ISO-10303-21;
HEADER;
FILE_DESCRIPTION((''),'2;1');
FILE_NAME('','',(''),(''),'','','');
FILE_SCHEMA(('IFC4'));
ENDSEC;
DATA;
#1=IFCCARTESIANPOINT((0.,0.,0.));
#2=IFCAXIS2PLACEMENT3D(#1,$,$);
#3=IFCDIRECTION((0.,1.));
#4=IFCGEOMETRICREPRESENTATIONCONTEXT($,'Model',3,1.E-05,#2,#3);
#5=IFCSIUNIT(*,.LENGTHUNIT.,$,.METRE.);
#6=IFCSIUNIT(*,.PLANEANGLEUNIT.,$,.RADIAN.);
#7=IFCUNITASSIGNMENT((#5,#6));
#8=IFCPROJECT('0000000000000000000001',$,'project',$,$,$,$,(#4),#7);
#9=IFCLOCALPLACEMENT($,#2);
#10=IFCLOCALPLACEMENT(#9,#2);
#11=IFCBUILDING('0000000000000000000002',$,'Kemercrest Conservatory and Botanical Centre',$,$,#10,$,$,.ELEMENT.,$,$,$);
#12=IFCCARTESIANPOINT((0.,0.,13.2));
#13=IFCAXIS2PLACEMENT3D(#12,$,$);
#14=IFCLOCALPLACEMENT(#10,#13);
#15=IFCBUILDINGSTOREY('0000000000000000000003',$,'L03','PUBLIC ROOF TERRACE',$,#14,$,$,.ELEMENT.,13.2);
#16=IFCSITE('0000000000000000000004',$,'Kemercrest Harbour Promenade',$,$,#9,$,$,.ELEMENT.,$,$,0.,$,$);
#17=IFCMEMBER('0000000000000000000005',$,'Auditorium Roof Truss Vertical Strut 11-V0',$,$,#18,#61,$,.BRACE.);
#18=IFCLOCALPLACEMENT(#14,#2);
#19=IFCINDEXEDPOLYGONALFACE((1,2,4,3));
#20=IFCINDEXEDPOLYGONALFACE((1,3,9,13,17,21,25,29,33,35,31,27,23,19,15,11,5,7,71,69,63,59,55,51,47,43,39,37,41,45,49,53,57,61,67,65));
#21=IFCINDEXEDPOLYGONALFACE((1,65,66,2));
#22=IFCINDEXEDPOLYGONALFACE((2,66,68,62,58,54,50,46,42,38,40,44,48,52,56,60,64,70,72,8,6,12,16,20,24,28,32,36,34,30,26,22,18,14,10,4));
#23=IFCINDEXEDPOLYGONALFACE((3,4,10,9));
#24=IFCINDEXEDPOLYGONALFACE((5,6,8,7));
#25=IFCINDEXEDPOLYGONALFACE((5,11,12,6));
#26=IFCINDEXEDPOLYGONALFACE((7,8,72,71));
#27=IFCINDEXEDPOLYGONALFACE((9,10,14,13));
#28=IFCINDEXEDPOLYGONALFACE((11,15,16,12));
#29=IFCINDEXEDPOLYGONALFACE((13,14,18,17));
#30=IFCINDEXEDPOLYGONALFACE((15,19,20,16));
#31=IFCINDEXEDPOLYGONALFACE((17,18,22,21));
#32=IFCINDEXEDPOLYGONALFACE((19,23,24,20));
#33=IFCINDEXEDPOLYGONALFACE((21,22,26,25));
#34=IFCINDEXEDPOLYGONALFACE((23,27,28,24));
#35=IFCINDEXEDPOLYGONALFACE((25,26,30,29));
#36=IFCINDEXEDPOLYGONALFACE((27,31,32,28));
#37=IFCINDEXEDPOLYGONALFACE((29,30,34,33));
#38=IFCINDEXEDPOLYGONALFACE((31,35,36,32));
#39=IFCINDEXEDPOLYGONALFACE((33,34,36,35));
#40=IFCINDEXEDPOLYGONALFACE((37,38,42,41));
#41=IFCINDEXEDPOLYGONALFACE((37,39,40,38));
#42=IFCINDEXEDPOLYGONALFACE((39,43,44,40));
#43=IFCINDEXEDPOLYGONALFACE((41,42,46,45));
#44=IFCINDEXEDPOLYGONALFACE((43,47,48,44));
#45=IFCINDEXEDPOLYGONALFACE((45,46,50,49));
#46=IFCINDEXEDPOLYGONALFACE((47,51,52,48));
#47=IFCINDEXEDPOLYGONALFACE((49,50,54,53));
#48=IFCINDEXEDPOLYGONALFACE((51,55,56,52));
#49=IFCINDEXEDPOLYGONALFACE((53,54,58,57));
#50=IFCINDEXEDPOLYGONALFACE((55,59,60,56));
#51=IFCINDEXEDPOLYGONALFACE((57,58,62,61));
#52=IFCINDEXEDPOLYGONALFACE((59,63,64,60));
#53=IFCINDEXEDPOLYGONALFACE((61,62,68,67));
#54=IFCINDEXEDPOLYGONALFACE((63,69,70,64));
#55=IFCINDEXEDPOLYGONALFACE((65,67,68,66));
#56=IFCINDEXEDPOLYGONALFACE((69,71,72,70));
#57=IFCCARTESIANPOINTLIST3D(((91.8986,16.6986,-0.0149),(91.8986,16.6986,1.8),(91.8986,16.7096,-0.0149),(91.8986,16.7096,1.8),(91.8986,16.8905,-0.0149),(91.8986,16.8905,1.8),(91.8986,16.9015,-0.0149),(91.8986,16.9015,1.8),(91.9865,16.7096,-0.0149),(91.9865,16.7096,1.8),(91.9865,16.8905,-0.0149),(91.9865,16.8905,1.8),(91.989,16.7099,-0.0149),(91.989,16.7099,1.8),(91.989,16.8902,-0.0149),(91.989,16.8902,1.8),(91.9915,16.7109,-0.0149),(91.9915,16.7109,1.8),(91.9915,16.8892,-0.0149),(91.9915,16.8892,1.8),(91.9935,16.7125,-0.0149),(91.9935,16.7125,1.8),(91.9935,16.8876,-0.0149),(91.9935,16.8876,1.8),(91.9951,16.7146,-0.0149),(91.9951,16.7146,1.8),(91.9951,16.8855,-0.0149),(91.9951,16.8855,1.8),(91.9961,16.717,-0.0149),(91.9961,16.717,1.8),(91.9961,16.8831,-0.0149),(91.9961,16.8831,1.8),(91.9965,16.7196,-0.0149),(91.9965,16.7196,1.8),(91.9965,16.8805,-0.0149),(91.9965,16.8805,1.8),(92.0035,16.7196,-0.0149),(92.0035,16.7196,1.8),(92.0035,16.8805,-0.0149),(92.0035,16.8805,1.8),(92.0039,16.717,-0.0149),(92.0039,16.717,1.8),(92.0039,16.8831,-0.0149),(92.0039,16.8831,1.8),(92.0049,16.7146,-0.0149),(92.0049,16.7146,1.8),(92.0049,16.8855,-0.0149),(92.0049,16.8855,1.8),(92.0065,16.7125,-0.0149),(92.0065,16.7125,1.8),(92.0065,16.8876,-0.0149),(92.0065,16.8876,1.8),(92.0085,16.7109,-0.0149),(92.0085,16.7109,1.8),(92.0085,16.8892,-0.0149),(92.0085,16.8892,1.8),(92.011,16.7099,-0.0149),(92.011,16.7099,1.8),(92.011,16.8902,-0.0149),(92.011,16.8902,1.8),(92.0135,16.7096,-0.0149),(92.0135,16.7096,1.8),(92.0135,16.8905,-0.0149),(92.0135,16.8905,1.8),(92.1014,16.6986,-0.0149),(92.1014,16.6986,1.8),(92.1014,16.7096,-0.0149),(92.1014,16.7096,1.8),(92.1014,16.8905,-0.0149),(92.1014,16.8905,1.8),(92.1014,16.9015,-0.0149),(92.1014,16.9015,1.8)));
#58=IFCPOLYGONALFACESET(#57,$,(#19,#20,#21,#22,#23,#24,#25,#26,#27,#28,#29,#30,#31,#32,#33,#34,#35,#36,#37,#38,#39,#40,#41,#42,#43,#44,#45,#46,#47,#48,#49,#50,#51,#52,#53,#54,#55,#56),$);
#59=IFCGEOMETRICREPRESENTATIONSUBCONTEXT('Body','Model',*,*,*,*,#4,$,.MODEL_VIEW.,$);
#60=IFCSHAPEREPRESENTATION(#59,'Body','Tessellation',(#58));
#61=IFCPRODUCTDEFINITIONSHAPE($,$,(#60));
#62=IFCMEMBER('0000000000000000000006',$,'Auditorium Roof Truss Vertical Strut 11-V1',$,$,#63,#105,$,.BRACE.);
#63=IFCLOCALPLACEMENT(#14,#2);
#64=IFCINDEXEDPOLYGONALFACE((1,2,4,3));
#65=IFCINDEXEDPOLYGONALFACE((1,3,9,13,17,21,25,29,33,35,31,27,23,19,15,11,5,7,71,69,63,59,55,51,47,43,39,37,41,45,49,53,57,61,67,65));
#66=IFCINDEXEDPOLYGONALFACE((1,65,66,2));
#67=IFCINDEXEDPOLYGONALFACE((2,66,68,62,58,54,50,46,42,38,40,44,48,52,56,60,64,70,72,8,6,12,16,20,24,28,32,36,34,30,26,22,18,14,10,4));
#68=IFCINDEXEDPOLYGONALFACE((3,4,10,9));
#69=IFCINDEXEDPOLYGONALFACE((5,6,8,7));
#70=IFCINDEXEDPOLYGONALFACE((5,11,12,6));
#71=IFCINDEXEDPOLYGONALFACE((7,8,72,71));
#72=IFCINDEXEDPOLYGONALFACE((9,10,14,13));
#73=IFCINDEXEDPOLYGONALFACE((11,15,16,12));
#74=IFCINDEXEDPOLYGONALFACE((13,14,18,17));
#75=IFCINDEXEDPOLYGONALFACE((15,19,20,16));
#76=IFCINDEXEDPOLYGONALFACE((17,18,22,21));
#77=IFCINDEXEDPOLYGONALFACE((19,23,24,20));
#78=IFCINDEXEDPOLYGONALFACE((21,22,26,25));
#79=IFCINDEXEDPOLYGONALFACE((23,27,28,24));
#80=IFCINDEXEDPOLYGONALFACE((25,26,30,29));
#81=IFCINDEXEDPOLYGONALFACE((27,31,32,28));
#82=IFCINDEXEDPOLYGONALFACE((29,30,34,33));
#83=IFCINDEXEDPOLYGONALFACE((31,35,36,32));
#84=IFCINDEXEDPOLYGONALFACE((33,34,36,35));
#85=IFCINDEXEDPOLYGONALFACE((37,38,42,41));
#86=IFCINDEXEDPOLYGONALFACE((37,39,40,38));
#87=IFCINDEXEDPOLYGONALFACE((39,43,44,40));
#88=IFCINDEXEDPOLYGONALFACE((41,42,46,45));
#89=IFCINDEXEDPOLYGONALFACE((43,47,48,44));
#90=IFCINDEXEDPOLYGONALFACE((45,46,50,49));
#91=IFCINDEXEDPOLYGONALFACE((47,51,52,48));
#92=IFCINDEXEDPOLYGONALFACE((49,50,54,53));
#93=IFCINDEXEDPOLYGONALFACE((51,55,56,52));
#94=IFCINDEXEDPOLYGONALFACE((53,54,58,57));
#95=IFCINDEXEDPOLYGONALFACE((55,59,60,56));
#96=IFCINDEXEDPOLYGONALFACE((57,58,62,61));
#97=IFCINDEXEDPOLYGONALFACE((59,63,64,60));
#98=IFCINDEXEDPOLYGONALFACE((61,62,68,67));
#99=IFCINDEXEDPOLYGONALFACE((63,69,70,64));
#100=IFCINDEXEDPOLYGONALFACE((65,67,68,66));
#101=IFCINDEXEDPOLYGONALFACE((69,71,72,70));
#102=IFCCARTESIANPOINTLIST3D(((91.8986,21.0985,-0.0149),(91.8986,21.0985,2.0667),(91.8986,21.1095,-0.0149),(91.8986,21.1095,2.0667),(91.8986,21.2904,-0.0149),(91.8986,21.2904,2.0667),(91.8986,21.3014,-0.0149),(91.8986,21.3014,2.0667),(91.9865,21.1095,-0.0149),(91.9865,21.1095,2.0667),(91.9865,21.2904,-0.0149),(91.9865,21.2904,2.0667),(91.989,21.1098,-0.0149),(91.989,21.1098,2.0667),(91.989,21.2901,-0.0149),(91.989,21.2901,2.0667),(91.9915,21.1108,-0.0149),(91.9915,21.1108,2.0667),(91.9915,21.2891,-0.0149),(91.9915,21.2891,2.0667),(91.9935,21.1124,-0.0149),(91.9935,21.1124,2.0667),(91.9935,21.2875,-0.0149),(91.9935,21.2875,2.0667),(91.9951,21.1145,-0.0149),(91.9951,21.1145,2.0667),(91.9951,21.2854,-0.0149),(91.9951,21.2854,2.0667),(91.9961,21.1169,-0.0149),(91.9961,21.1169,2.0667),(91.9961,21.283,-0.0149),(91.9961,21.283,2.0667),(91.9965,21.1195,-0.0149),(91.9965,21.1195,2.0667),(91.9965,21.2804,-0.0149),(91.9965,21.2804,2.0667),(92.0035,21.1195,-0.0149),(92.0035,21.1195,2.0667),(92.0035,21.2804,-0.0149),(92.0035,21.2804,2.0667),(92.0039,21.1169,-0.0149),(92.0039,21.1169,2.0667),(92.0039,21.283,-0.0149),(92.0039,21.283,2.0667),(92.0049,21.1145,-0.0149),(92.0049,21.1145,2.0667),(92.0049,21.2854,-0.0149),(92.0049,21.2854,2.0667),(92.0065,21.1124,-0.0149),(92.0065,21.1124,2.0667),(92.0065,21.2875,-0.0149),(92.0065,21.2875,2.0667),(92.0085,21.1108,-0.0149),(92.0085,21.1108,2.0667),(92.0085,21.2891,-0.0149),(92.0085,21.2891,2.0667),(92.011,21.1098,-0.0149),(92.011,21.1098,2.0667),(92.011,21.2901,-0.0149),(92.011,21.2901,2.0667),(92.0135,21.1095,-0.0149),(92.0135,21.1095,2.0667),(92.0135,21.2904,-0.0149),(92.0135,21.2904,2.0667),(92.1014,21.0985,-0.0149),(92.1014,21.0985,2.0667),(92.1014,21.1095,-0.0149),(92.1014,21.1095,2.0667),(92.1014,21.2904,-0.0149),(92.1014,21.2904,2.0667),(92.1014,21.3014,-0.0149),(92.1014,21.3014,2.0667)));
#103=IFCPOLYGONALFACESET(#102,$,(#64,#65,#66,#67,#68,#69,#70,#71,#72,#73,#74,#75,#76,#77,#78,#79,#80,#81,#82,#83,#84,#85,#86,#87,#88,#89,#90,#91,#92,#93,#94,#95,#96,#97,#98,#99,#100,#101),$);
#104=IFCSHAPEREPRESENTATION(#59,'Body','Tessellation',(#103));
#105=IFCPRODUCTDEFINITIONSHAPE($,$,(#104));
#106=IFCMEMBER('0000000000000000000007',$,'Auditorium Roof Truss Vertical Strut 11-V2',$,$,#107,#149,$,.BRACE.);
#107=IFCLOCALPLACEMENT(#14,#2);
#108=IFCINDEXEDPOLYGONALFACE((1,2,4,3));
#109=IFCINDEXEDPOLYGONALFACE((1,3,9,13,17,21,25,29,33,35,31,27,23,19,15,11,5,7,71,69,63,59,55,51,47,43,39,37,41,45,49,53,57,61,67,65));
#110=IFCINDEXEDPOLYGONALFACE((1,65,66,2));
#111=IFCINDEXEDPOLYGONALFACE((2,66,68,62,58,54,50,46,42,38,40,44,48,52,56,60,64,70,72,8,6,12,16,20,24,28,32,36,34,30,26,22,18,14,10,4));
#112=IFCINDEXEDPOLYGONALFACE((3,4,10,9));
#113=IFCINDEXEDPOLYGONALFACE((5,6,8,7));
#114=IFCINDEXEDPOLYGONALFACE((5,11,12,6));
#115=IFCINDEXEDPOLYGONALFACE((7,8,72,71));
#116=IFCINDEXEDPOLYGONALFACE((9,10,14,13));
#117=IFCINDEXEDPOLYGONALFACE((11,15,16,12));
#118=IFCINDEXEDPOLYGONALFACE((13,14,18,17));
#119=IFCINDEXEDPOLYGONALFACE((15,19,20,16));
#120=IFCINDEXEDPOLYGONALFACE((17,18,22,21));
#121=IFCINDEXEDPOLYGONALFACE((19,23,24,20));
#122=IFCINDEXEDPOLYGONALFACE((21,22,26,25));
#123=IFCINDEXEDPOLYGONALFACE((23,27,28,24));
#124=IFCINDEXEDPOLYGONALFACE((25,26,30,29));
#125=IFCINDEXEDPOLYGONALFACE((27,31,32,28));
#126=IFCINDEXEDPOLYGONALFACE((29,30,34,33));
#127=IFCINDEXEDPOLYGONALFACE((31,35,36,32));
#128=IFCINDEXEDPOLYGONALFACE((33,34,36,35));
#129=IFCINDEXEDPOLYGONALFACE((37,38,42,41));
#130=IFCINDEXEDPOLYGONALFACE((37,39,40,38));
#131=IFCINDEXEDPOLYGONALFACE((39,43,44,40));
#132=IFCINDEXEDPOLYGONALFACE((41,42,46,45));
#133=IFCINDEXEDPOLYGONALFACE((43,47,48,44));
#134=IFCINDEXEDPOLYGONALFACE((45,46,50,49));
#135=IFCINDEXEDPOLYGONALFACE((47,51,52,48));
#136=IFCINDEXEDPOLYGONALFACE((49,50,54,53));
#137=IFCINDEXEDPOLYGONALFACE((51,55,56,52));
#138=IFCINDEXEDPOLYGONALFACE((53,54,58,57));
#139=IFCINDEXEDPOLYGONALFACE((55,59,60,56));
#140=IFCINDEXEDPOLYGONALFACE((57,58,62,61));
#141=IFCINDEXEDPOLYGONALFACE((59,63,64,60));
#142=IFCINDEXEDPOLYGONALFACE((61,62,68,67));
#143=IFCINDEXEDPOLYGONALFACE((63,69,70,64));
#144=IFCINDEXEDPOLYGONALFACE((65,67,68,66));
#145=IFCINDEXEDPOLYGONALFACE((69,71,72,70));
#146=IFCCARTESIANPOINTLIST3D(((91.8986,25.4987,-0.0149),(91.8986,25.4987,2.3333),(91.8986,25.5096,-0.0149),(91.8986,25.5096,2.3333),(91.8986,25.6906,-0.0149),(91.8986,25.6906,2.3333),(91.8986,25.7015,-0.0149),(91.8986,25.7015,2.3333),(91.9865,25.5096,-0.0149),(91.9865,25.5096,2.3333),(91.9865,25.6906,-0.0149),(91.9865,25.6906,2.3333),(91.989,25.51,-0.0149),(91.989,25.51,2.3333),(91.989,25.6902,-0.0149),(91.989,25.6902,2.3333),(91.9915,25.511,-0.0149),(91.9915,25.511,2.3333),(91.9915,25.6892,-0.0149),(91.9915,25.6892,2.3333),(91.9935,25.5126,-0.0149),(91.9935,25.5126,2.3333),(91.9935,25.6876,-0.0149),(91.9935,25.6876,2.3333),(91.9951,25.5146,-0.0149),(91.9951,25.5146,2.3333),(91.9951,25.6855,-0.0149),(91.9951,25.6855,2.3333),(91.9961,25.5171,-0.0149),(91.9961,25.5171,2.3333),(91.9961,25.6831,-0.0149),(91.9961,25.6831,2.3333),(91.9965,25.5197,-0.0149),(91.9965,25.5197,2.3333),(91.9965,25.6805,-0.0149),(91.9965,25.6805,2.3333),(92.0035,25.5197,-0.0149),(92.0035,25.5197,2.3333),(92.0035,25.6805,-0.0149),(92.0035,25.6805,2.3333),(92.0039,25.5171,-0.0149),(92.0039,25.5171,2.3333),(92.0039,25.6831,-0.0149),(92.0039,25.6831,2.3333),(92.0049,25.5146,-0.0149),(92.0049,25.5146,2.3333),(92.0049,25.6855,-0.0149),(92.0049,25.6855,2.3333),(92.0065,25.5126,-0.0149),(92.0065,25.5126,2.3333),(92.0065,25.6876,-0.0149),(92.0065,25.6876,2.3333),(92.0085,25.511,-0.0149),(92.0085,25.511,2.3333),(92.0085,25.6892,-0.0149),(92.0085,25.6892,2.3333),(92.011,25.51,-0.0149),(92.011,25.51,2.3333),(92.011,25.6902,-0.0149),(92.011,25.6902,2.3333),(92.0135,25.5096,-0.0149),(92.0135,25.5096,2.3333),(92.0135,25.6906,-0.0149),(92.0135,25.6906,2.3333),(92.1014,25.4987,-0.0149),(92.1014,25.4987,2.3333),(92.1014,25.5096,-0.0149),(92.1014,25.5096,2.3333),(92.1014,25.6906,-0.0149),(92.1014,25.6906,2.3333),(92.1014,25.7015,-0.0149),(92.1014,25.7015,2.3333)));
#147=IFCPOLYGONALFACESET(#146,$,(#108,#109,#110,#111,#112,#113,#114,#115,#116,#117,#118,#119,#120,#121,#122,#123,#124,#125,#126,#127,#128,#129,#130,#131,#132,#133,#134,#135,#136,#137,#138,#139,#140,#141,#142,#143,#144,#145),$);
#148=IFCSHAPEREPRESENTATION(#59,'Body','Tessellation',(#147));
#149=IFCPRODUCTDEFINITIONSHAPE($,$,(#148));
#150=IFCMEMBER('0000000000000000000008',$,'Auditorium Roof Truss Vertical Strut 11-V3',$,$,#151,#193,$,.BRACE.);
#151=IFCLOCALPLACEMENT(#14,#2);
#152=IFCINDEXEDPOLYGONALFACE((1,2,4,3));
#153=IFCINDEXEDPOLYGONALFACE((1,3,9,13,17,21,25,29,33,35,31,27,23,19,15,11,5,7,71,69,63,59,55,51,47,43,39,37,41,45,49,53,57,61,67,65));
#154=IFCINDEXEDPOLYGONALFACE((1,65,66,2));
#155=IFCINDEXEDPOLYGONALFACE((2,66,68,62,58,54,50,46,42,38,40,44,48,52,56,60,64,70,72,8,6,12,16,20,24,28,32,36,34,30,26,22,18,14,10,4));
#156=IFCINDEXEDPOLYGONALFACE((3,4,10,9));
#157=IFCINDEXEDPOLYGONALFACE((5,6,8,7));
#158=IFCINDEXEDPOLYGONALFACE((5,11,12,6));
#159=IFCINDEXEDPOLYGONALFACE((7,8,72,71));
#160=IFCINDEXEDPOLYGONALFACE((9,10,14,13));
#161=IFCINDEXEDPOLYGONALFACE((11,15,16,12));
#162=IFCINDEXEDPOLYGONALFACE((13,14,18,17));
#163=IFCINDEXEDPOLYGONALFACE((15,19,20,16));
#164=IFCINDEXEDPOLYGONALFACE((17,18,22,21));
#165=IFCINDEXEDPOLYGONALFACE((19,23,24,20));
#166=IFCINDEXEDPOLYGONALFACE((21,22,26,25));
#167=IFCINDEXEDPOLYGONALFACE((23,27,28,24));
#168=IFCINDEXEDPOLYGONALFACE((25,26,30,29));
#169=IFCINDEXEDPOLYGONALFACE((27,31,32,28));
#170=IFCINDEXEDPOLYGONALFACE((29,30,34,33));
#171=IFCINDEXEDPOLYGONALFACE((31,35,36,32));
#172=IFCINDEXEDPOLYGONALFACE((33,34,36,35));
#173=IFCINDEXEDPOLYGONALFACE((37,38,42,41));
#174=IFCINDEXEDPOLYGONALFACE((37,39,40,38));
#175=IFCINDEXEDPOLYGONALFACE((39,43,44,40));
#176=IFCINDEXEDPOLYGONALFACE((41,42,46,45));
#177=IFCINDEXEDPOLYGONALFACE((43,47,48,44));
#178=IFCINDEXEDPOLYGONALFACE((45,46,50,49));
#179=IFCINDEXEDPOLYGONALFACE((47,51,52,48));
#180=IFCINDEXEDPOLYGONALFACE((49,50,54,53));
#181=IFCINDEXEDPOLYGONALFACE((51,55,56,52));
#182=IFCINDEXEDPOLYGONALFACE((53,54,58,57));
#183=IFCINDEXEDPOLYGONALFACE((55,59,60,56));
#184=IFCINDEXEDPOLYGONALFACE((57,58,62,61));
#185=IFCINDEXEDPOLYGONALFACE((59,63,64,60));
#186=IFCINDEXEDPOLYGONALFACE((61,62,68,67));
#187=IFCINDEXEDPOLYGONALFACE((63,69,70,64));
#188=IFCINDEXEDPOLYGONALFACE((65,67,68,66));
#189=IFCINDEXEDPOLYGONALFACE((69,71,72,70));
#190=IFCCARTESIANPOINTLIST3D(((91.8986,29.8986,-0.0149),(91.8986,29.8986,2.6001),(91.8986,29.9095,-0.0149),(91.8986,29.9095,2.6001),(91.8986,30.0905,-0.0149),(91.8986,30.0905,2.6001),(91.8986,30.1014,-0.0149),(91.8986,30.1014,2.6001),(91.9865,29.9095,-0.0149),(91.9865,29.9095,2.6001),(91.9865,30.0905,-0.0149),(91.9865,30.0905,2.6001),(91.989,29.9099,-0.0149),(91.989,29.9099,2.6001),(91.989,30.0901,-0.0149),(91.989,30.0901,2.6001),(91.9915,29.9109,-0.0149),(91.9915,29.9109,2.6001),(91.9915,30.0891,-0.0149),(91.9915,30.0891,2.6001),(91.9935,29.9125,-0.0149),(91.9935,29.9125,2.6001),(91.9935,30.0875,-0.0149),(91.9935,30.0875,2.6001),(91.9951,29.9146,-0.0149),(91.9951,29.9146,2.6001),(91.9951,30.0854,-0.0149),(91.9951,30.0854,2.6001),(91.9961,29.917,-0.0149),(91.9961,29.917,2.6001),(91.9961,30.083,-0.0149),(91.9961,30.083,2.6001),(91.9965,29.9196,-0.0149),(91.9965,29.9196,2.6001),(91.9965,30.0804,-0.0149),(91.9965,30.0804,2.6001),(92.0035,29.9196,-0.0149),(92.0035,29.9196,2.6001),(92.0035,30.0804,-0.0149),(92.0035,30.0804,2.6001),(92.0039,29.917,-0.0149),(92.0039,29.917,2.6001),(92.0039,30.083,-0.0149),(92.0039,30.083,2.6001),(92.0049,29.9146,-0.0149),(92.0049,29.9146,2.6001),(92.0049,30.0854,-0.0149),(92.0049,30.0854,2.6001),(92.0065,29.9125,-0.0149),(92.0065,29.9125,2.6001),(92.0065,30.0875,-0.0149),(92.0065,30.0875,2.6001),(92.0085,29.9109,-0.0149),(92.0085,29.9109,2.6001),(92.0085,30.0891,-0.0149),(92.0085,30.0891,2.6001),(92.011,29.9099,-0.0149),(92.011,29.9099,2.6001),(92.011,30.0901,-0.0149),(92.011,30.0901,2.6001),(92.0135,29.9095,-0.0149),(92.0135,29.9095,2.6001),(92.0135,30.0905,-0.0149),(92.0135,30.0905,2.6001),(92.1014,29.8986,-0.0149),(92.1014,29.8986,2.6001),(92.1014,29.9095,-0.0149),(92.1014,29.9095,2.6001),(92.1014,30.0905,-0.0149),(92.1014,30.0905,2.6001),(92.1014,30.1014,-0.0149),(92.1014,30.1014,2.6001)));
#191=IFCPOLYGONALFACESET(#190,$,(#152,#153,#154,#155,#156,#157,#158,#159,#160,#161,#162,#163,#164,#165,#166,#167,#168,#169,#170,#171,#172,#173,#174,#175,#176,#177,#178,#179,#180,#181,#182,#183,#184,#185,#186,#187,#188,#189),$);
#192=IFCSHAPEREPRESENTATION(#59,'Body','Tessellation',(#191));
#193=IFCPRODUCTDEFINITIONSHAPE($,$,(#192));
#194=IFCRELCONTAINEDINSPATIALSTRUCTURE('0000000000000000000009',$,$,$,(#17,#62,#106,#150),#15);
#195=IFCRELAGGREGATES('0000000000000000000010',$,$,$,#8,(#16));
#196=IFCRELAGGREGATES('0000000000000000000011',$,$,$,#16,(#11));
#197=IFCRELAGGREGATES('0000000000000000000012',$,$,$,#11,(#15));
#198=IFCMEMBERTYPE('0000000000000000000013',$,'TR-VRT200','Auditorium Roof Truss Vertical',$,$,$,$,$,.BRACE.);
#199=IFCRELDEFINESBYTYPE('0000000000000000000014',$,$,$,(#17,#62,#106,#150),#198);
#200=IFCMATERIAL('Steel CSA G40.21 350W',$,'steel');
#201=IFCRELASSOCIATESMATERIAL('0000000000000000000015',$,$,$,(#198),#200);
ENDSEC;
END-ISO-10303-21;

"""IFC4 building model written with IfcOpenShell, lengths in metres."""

from ifc_helpers import new_model, si_unit, direction, frame, origin, origin_2d, place, context, subcontext, project, spatial, i_section, extrude, material, material_profile, profile_set, type_object, element, save


model = new_model("IFC4")

# Units and contexts
model_context = context("Model", 3, precision=1e-05, world=origin(), true_north=direction((0.0, 1.0)))
body_context = subcontext(model_context, "Body", "Model", "MODEL_VIEW")
ifc_project = project(units=[si_unit("LENGTHUNIT", "METRE"), si_unit("PLANEANGLEUNIT", "RADIAN")], contexts=[model_context])

# Site, building, storey
site_placement = place(None, origin())
site = spatial("IfcSite", under=ifc_project, at=site_placement, Name="Kemercrest Harbour Promenade", CompositionType="ELEMENT", RefElevation=0.0)
building_placement = place(site_placement, origin())
building = spatial("IfcBuilding", under=site, at=building_placement, Name="Kemercrest Conservatory and Botanical Centre", CompositionType="ELEMENT")
storey_placement = place(building_placement, frame((0.0, 0.0, 13.2)))
storey = spatial("IfcBuildingStorey", under=building, at=storey_placement, Name="L03", Description="PUBLIC ROOF TERRACE", CompositionType="ELEMENT", Elevation=13.2)

# Members
ifc_material = material(Name="Steel CSA G40.21 350W", Category="steel")
ifc_material_profile_1 = material_profile(ifc_material, i_section(OverallWidth=0.2029, OverallDepth=0.2029, WebThickness=0.0071, FlangeThickness=0.011, FilletRadius=0.01, at=origin_2d()), Name="W200X46")
ifc_profile_set_1 = profile_set([ifc_material_profile_1], Name="Steel CSA G40.21 350W")
member_type_1 = type_object("IfcMemberType", Name="TR-VRT200", Description="Auditorium Roof Truss Vertical", PredefinedType="BRACE", material=ifc_profile_set_1)
member_1_placement = place(storey_placement, frame((92.0, 16.8, -0.0149), z_axis=(0.0, 0.0, 1.0), x_axis=(1.0, 0.0, 0.0)))
element("IfcMember", 1, at=member_1_placement, inside=storey, type_object=member_type_1, Name="Auditorium Roof Truss Vertical Strut 11-V0", PredefinedType="BRACE", context=body_context, shape_type="SweptSolid", body=[
    extrude(i_section(OverallWidth=0.2029, OverallDepth=0.2029, WebThickness=0.0071, FlangeThickness=0.011, FilletRadius=0.01, at=origin_2d()), origin(), (0.0, 0.0, 1.0), 1.8149),
])
member_2_placement = place(storey_placement, frame((92.0, 21.2, -0.0149), z_axis=(0.0, 0.0, 1.0), x_axis=(1.0, 0.0, 0.0)))
element("IfcMember", 2, at=member_2_placement, inside=storey, type_object=member_type_1, Name="Auditorium Roof Truss Vertical Strut 11-V1", PredefinedType="BRACE", context=body_context, shape_type="SweptSolid", body=[
    extrude(i_section(OverallWidth=0.2029, OverallDepth=0.2029, WebThickness=0.0071, FlangeThickness=0.011, FilletRadius=0.01, at=origin_2d()), origin(), (0.0, 0.0, 1.0), 2.0815),
])
member_3_placement = place(storey_placement, frame((92.0, 25.6001, -0.0149), z_axis=(0.0, 0.0, 1.0), x_axis=(1.0, 0.0, 0.0)))
element("IfcMember", 3, at=member_3_placement, inside=storey, type_object=member_type_1, Name="Auditorium Roof Truss Vertical Strut 11-V2", PredefinedType="BRACE", context=body_context, shape_type="SweptSolid", body=[
    extrude(i_section(OverallWidth=0.2029, OverallDepth=0.2029, WebThickness=0.0071, FlangeThickness=0.011, FilletRadius=0.01, at=origin_2d()), origin(), (0.0, 0.0, 1.0), 2.3481),
])
member_4_placement = place(storey_placement, frame((92.0, 30.0, -0.0149), z_axis=(0.0, 0.0, 1.0), x_axis=(1.0, 0.0, 0.0)))
element("IfcMember", 4, at=member_4_placement, inside=storey, type_object=member_type_1, Name="Auditorium Roof Truss Vertical Strut 11-V3", PredefinedType="BRACE", context=body_context, shape_type="SweptSolid", body=[
    extrude(i_section(OverallWidth=0.2029, OverallDepth=0.2029, WebThickness=0.0071, FlangeThickness=0.011, FilletRadius=0.01, at=origin_2d()), origin(), (0.0, 0.0, 1.0), 2.615),
])

save(model, "model.ifc")
